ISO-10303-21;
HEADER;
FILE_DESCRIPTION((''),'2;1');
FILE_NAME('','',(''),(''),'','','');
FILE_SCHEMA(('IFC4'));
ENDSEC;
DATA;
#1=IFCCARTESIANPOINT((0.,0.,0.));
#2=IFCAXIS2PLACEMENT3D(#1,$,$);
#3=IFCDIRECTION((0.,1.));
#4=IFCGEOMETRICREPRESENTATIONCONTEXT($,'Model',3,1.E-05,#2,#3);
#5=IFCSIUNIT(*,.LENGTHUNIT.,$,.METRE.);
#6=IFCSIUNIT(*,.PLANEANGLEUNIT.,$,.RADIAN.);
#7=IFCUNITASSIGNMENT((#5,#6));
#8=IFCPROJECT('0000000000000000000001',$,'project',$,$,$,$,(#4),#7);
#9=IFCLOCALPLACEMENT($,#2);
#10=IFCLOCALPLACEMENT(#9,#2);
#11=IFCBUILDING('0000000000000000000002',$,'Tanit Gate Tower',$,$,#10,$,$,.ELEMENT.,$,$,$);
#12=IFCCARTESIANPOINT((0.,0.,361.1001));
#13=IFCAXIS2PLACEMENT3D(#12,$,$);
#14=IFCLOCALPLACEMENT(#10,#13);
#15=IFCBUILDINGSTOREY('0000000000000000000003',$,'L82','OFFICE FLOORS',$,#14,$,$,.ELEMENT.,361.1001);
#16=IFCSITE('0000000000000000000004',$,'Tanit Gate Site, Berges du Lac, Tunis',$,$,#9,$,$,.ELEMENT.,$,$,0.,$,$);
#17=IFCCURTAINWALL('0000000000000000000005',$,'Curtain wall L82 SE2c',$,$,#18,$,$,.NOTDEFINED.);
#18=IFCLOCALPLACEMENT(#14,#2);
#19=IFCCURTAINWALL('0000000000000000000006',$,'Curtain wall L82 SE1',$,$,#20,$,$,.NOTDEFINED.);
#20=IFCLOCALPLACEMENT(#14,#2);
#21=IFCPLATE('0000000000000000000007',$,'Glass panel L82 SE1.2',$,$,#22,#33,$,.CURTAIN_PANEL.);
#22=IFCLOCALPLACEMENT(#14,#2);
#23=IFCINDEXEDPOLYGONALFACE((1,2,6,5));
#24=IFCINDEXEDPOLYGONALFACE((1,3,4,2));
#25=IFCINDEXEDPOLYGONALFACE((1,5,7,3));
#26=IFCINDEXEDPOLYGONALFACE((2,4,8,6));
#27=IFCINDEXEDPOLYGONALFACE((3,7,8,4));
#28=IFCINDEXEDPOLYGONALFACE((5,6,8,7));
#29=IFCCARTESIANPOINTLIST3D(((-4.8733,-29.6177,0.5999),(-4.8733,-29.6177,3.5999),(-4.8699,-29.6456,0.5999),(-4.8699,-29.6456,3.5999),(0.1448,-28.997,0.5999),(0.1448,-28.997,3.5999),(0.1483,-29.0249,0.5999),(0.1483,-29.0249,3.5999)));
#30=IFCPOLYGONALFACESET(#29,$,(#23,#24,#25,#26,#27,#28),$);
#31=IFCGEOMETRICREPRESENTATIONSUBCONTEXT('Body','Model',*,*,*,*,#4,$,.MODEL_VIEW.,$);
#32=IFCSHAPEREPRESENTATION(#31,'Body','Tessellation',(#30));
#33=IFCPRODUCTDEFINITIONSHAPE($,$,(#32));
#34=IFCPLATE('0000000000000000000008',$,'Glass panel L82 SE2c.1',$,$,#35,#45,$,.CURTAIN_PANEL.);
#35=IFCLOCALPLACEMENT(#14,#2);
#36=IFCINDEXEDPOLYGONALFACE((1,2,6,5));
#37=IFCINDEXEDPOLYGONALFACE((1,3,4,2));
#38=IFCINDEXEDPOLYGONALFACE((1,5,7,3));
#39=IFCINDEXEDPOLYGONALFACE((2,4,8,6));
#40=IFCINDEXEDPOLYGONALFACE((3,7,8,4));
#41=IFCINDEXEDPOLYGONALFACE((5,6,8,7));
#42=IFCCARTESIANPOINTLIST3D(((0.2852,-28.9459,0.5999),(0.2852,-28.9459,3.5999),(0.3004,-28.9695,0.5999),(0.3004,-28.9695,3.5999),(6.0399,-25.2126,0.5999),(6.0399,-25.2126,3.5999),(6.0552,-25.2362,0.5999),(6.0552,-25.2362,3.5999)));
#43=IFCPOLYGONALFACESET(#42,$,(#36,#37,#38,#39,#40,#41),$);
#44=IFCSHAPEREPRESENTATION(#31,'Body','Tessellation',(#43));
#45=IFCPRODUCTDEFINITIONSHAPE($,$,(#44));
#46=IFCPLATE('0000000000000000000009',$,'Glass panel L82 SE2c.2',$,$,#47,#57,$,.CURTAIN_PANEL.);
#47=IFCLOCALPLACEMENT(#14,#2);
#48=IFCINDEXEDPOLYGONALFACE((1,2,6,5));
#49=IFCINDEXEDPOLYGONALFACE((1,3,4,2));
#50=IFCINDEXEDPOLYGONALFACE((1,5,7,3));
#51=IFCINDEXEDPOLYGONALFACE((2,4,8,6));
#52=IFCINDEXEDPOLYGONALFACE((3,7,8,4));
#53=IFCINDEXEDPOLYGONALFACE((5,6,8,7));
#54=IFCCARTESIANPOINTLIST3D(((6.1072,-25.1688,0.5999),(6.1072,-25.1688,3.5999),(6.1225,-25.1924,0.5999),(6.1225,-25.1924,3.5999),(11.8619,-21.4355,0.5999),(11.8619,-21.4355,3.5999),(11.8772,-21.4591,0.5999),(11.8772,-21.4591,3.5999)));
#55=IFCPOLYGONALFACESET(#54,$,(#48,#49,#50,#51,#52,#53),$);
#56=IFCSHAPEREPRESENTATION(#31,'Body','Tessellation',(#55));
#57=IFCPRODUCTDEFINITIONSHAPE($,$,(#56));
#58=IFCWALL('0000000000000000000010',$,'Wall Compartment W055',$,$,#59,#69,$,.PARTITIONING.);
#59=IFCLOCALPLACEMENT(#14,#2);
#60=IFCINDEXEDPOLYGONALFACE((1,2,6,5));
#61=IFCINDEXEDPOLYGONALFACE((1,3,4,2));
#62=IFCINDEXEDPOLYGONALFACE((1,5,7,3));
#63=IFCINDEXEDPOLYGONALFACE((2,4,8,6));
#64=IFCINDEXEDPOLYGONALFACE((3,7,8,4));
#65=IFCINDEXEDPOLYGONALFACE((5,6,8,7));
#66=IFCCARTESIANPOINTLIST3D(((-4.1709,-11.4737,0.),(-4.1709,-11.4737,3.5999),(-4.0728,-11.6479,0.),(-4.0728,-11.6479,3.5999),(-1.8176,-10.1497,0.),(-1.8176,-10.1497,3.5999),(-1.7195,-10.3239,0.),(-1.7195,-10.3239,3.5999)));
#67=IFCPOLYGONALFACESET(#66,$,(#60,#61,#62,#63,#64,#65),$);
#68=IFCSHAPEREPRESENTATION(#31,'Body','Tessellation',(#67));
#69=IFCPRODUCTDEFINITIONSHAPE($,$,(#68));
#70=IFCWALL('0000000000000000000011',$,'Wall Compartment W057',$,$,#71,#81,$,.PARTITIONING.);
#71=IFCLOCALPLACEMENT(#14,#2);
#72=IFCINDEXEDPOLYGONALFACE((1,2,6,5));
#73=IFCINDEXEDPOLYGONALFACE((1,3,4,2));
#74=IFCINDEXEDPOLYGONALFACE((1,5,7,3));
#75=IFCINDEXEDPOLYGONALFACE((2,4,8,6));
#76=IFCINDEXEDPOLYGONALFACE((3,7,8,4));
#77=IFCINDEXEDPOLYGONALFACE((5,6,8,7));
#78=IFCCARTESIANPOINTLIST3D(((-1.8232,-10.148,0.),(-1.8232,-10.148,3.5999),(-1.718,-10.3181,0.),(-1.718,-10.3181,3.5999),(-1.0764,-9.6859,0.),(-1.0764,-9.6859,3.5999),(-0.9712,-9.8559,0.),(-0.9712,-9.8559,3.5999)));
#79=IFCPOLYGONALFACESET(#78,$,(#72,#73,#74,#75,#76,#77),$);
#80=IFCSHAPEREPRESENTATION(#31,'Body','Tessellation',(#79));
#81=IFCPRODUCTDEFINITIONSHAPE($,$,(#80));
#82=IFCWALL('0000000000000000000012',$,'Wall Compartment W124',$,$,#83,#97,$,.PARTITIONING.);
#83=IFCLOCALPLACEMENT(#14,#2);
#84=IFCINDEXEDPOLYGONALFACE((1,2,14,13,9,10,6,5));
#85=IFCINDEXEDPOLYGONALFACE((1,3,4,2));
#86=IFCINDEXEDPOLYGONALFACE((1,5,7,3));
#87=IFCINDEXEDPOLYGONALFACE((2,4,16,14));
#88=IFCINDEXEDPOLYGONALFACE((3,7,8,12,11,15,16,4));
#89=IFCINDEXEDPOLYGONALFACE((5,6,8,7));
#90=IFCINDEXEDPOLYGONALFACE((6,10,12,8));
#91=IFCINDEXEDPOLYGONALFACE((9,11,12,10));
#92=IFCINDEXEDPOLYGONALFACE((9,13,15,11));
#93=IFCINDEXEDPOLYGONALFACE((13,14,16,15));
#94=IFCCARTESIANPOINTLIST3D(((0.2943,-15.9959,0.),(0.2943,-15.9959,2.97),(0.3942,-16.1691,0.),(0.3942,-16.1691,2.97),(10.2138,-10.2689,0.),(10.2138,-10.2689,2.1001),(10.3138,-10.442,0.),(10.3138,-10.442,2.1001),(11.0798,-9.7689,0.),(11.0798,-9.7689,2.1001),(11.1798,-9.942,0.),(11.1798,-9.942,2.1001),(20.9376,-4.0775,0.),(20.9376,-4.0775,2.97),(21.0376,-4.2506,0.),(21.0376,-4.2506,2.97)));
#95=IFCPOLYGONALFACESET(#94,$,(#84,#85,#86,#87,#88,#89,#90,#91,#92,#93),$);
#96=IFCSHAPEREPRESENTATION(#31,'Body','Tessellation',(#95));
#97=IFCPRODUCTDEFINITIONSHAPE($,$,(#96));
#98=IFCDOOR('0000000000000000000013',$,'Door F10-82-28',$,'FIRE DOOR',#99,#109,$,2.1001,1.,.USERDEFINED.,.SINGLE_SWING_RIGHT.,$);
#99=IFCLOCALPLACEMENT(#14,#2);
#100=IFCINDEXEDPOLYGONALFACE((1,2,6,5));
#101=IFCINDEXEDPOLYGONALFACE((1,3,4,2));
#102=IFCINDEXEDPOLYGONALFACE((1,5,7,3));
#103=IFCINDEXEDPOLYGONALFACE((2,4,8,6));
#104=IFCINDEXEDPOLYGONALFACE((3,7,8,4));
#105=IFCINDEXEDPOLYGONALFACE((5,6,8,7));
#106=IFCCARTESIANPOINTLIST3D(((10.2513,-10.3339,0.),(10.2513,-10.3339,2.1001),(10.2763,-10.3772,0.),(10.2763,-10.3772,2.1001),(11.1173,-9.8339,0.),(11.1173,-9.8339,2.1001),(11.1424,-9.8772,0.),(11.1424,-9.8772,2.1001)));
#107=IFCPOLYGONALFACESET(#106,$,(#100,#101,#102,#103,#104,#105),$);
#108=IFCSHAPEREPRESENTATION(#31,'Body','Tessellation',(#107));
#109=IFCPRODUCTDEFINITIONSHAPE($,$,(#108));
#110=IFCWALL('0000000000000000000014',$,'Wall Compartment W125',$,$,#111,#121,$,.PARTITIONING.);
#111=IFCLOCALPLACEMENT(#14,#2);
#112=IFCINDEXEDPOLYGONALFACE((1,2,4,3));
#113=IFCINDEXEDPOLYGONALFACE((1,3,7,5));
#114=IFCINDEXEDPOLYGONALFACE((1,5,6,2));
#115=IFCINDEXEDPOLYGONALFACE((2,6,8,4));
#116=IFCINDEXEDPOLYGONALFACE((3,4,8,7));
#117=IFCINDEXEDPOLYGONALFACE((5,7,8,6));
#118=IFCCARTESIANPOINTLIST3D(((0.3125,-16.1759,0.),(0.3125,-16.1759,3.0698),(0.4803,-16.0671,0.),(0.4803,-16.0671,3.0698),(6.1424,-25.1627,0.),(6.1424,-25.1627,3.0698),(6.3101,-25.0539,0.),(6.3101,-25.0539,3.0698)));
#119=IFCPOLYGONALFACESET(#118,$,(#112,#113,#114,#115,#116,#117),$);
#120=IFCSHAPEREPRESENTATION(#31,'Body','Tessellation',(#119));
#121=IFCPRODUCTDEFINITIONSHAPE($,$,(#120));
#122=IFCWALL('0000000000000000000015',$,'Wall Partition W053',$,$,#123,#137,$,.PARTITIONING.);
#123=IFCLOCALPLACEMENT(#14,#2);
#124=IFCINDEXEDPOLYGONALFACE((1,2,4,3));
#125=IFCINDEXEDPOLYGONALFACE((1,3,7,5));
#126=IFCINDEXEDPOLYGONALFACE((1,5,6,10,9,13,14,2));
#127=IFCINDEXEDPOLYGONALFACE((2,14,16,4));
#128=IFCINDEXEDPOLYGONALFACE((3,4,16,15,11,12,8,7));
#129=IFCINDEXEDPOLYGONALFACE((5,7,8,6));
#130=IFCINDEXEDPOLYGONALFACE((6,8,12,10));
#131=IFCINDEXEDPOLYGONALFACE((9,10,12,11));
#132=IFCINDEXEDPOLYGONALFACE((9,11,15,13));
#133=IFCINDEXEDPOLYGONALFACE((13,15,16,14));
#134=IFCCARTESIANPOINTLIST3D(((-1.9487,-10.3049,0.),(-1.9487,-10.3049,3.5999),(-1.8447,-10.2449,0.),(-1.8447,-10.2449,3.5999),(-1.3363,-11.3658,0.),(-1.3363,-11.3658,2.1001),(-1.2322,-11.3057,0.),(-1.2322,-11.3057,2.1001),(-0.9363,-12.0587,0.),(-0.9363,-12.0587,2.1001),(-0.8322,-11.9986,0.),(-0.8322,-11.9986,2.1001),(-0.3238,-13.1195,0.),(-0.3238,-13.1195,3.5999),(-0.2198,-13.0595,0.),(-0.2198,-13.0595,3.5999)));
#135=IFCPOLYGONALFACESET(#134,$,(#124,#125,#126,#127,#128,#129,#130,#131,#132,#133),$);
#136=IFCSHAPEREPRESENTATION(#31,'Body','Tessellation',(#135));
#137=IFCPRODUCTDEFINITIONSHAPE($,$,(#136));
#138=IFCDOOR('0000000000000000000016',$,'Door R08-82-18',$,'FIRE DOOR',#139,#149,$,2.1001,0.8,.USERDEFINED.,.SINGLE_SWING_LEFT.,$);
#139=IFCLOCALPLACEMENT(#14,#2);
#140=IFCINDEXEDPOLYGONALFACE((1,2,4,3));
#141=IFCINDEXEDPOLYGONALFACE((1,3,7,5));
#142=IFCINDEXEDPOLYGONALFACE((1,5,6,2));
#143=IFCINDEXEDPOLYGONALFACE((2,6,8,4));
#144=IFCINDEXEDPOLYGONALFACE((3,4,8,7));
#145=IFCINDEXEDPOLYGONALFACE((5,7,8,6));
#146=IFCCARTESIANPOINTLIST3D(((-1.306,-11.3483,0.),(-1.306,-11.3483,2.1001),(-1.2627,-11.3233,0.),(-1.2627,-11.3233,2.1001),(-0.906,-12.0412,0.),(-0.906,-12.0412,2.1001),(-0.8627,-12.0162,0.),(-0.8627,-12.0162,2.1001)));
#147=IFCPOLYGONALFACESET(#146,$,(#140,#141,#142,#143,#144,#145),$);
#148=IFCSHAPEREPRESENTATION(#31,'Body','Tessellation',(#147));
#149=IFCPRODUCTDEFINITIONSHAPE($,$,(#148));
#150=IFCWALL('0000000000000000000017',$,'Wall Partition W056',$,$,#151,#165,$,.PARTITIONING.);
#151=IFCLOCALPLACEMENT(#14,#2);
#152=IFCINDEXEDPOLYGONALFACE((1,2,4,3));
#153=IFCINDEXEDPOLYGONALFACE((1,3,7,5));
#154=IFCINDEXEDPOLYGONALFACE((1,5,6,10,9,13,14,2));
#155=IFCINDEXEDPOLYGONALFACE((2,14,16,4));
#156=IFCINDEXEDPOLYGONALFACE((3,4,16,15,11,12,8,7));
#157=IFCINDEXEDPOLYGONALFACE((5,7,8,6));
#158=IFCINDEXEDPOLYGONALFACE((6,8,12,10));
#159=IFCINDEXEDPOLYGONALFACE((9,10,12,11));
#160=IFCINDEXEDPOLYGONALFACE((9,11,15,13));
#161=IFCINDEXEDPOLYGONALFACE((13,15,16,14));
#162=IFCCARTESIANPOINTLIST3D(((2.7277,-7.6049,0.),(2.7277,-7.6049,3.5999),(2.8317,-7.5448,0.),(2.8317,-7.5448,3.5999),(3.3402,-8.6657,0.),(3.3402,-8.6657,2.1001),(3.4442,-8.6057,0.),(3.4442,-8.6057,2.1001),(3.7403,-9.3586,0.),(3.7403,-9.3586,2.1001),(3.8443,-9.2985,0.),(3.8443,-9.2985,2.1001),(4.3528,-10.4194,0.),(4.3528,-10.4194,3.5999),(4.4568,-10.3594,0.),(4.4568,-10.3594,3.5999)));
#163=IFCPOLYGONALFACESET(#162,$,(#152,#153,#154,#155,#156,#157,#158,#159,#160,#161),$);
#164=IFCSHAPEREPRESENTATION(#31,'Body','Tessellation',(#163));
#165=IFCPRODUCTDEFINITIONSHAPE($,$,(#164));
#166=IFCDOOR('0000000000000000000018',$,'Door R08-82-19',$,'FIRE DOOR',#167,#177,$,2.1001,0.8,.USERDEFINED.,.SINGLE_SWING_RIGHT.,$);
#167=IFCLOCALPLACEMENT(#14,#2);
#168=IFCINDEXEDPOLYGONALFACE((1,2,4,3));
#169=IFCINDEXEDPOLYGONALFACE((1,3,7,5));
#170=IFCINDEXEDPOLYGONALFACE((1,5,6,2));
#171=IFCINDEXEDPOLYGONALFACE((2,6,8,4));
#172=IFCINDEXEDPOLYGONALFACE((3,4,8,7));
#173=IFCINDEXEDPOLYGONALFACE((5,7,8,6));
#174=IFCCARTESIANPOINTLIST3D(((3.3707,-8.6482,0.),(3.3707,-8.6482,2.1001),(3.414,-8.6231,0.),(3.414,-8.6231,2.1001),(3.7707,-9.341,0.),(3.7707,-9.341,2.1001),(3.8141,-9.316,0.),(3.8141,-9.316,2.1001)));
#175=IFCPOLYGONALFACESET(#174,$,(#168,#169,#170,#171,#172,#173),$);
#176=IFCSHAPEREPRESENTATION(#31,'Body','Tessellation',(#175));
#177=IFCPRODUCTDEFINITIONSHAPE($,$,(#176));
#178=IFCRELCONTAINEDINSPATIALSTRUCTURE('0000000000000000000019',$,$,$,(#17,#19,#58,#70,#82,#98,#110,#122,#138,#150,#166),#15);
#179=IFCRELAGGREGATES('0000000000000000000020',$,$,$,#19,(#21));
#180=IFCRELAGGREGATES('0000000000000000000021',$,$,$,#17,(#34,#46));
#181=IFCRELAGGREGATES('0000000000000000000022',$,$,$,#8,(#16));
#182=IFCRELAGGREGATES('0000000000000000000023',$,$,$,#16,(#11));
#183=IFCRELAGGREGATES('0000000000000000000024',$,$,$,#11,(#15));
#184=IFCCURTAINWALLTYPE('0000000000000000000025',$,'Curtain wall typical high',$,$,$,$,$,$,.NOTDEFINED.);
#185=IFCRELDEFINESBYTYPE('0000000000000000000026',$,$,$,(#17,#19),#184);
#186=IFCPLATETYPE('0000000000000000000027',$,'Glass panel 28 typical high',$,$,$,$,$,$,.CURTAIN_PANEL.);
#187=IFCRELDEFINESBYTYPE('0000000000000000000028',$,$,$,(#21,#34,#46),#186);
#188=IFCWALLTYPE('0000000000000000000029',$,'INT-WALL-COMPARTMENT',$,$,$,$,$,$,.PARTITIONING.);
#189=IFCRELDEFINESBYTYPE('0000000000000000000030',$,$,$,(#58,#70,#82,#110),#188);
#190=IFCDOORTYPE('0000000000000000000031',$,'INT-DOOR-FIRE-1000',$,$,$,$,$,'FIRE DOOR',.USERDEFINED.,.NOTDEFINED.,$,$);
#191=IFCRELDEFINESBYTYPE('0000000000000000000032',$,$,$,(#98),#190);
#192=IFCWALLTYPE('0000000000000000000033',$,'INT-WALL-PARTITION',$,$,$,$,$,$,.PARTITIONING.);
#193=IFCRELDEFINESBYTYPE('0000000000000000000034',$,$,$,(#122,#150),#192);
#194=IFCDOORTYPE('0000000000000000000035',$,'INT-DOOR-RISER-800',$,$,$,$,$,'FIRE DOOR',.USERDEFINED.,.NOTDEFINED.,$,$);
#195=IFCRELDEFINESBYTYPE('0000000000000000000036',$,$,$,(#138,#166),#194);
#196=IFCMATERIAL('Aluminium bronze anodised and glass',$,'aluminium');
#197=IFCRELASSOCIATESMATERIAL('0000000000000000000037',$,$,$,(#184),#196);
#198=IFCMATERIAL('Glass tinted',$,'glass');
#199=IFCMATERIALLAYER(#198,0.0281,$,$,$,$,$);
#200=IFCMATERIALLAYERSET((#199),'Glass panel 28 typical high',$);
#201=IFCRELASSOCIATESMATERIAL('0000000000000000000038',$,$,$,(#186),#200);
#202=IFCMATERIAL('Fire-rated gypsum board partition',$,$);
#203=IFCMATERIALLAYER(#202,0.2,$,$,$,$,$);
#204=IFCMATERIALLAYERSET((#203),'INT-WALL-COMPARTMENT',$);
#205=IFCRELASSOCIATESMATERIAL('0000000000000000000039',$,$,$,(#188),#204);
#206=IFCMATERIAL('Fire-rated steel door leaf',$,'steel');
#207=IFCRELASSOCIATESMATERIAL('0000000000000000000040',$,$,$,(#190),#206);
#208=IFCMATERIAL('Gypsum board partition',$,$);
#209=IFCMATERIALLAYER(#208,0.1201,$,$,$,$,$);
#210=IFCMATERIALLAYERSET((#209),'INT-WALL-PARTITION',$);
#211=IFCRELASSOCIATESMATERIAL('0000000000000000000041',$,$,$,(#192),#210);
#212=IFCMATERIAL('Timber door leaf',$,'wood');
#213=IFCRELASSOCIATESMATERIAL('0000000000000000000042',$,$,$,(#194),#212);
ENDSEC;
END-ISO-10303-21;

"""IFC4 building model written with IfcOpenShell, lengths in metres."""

from ifc_helpers import new_model, si_unit, direction, frame, frame_2d, origin, origin_2d, place, context, subcontext, project, spatial, rectangle, extrude, material, layer, layer_set, type_object, element, fill, aggregate, save


model = new_model("IFC4")

# Units and contexts
model_context = context("Model", 3, precision=1e-05, world=origin(), true_north=direction((0.0, 1.0)))
body_context = subcontext(model_context, "Body", "Model", "MODEL_VIEW")
ifc_project = project(units=[si_unit("LENGTHUNIT", "METRE"), si_unit("PLANEANGLEUNIT", "RADIAN")], contexts=[model_context])

# Site, building, storey
site_placement = place(None, origin())
site = spatial("IfcSite", under=ifc_project, at=site_placement, Name="Tanit Gate Site, Berges du Lac, Tunis", CompositionType="ELEMENT", RefElevation=0.0)
building_placement = place(site_placement, origin())
building = spatial("IfcBuilding", under=site, at=building_placement, Name="Tanit Gate Tower", CompositionType="ELEMENT")
storey_placement = place(building_placement, frame((0.0, 0.0, 361.1001)))
storey = spatial("IfcBuildingStorey", under=building, at=storey_placement, Name="L82", Description="OFFICE FLOORS", CompositionType="ELEMENT", Elevation=361.1001)

# Curtain wall
ifc_material_1 = material(Name="Aluminium bronze anodised and glass", Category="aluminium")
curtain_wall_type = type_object("IfcCurtainWallType", Name="Curtain wall typical high", PredefinedType="NOTDEFINED", material=ifc_material_1)
curtain_wall_1_placement = place(storey_placement, origin())
curtain_wall_1 = element("IfcCurtainWall", 1, at=curtain_wall_1_placement, inside=storey, type_object=curtain_wall_type, Name="Curtain wall L82 SE2c", PredefinedType="NOTDEFINED")

# Curtain wall
curtain_wall_2_placement = place(storey_placement, origin())
curtain_wall_2 = element("IfcCurtainWall", 2, at=curtain_wall_2_placement, inside=storey, type_object=curtain_wall_type, Name="Curtain wall L82 SE1", PredefinedType="NOTDEFINED")

# Plates
ifc_material_2 = material(Name="Glass tinted", Category="glass")
ifc_layer_1 = layer(ifc_material_2, 0.0281)
ifc_layer_set_1 = layer_set([ifc_layer_1], Name="Glass panel 28 typical high")
plate_type = type_object("IfcPlateType", Name="Glass panel 28 typical high", PredefinedType="CURTAIN_PANEL", material=ifc_layer_set_1)
plate_1_placement = place(storey_placement, frame((-2.3625, -29.3213, 0.5999), z_axis=(0.0, 0.0, 1.0), x_axis=(0.992436, 0.122759, 0.0)))
plate_1 = element("IfcPlate", 3, at=plate_1_placement, type_object=plate_type, Name="Glass panel L82 SE1.2", PredefinedType="CURTAIN_PANEL", context=body_context, shape_type="SweptSolid", body=[
    extrude(rectangle(XDim=5.0564, YDim=0.0281, at=origin_2d()), origin(), (0.0, 0.0, 1.0), 3.0),
])
aggregate(curtain_wall_2, [plate_1])
plate_2_placement = place(storey_placement, frame((3.1702, -27.0911, 0.5999), z_axis=(0.0, 0.0, 1.0), x_axis=(0.838927, 0.544243, 0.0)))
plate_2 = element("IfcPlate", 4, at=plate_2_placement, type_object=plate_type, Name="Glass panel L82 SE2c.1", PredefinedType="CURTAIN_PANEL", context=body_context, shape_type="SweptSolid", body=[
    extrude(rectangle(XDim=6.8596, YDim=0.0281, at=origin_2d()), origin(), (0.0, 0.0, 1.0), 3.0),
])
plate_3_placement = place(storey_placement, frame((8.9922, -23.314, 0.5999), z_axis=(0.0, 0.0, 1.0), x_axis=(0.838927, 0.544243, 0.0)))
plate_3 = element("IfcPlate", 5, at=plate_3_placement, type_object=plate_type, Name="Glass panel L82 SE2c.2", PredefinedType="CURTAIN_PANEL", context=body_context, shape_type="SweptSolid", body=[
    extrude(rectangle(XDim=6.8596, YDim=0.0281, at=origin_2d()), origin(), (0.0, 0.0, 1.0), 3.0),
])
aggregate(curtain_wall_1, [plate_2, plate_3])

# Walls
ifc_material_3 = material(Name="Fire-rated gypsum board partition")
ifc_layer_2 = layer(ifc_material_3, 0.2)
ifc_layer_set_2 = layer_set([ifc_layer_2], Name="INT-WALL-COMPARTMENT")
wall_type_1 = type_object("IfcWallType", Name="INT-WALL-COMPARTMENT", PredefinedType="PARTITIONING", material=ifc_layer_set_2)
wall_1_placement = place(storey_placement, frame((-1.7686, -10.2368, 0.0), z_axis=(0.0, 0.0, 1.0), x_axis=(-0.871534, -0.490334, 0.0)))
element("IfcWall", 6, at=wall_1_placement, inside=storey, type_object=wall_type_1, Name="Wall Compartment W055", PredefinedType="PARTITIONING", context=body_context, shape_type="SweptSolid", body=[
    extrude(rectangle(XDim=2.7002, YDim=0.2, at=frame_2d((1.3501, 0.0))), origin(), (0.0, 0.0, 1.0), 3.5999),
])
wall_2_placement = place(storey_placement, frame((-1.0239, -9.771, 0.0), z_axis=(0.0, 0.0, 1.0), x_axis=(-0.850348, -0.526221, 0.0)))
element("IfcWall", 7, at=wall_2_placement, inside=storey, type_object=wall_type_1, Name="Wall Compartment W057", PredefinedType="PARTITIONING", context=body_context, shape_type="SweptSolid", body=[
    extrude(rectangle(XDim=0.8782, YDim=0.2, at=frame_2d((0.439, 0.0))), origin(), (0.0, 0.0, 1.0), 3.5999),
])

# Wall, opening, door
wall_3_placement = place(storey_placement, frame((0.3442, -16.0825, 0.0), z_axis=(0.0, 0.0, 1.0), x_axis=(0.866025, 0.500001, 0.0)))
wall_3 = element("IfcWall", 8, at=wall_3_placement, inside=storey, type_object=wall_type_1, Name="Wall Compartment W124", PredefinedType="PARTITIONING", context=body_context, shape_type="SweptSolid", body=[
    extrude(rectangle(XDim=23.8369, YDim=0.2, at=frame_2d((11.9185, 0.0))), origin(), (0.0, 0.0, 1.0), 2.97),
])
opening_1_placement = place(wall_3_placement, frame((11.4541, 0.0, 0.0)))
opening_1 = element("IfcOpeningElement", 9, at=opening_1_placement, cuts=wall_3, PredefinedType="OPENING", context=body_context, shape_type="SweptSolid", body=[
    extrude(rectangle(XDim=1.0, YDim=2.1001, at=frame_2d((0.5, 1.05))), frame((0.0, 0.1099, 0.0), z_axis=(0.0, -1.0, 0.0), x_axis=(1.0, 0.0, 0.0)), (0.0, 0.0, 1.0), 0.22),
])
ifc_material_4 = material(Name="Fire-rated steel door leaf", Category="steel")
door_type_1 = type_object("IfcDoorType", Name="INT-DOOR-FIRE-1000", ElementType="FIRE DOOR", OperationType="NOTDEFINED", PredefinedType="USERDEFINED", material=ifc_material_4)
door_1_placement = place(opening_1_placement, origin())
door_1 = element("IfcDoor", 10, at=door_1_placement, inside=storey, type_object=door_type_1, Name="Door F10-82-28", ObjectType="FIRE DOOR", OperationType="SINGLE_SWING_RIGHT", OverallHeight=2.1001, OverallWidth=1.0, PredefinedType="USERDEFINED", context=body_context, shape_type="SweptSolid", body=[
    extrude(rectangle(XDim=1.0, YDim=2.1001, at=frame_2d((0.5, 1.05))), frame((0.0, 0.0249, 0.0), z_axis=(0.0, -1.0, 0.0), x_axis=(1.0, 0.0, 0.0)), (0.0, 0.0, 1.0), 0.05),
])
fill(opening_1, door_1)

# Wall
wall_4_placement = place(storey_placement, frame((0.3965, -16.1216, 0.0), z_axis=(0.0, 0.0, 1.0), x_axis=(0.544227, -0.838938, 0.0)))
element("IfcWall", 11, at=wall_4_placement, inside=storey, type_object=wall_type_1, Name="Wall Compartment W125", PredefinedType="PARTITIONING", context=body_context, shape_type="SweptSolid", body=[
    extrude(rectangle(XDim=10.7122, YDim=0.2, at=frame_2d((5.356, 0.0))), origin(), (0.0, 0.0, 1.0), 3.0698),
])

# Walls, openings, doors
ifc_material_5 = material(Name="Gypsum board partition")
ifc_layer_3 = layer(ifc_material_5, 0.1201)
ifc_layer_set_3 = layer_set([ifc_layer_3], Name="INT-WALL-PARTITION")
wall_type_2 = type_object("IfcWallType", Name="INT-WALL-PARTITION", PredefinedType="PARTITIONING", material=ifc_layer_set_3)
wall_5_placement = place(storey_placement, frame((-1.8967, -10.2749, 0.0), z_axis=(0.0, 0.0, 1.0), x_axis=(0.499985, -0.866034, 0.0)))
wall_5 = element("IfcWall", 12, at=wall_5_placement, inside=storey, type_object=wall_type_2, Name="Wall Partition W053", PredefinedType="PARTITIONING", context=body_context, shape_type="SweptSolid", body=[
    extrude(rectangle(XDim=3.25, YDim=0.1201, at=frame_2d((1.625, 0.0))), origin(), (0.0, 0.0, 1.0), 3.5999),
])
opening_2_placement = place(wall_5_placement, frame((1.2251, 0.0, 0.0)))
opening_2 = element("IfcOpeningElement", 13, at=opening_2_placement, cuts=wall_5, PredefinedType="OPENING", context=body_context, shape_type="SweptSolid", body=[
    extrude(rectangle(XDim=0.8, YDim=2.1001, at=frame_2d((0.3999, 1.05))), frame((0.0, 0.0701, 0.0), z_axis=(0.0, -1.0, 0.0), x_axis=(1.0, 0.0, 0.0)), (0.0, 0.0, 1.0), 0.1401),
])
ifc_material_6 = material(Name="Timber door leaf", Category="wood")
door_type_2 = type_object("IfcDoorType", Name="INT-DOOR-RISER-800", ElementType="FIRE DOOR", OperationType="NOTDEFINED", PredefinedType="USERDEFINED", material=ifc_material_6)
door_2_placement = place(opening_2_placement, origin())
door_2 = element("IfcDoor", 14, at=door_2_placement, inside=storey, type_object=door_type_2, Name="Door R08-82-18", ObjectType="FIRE DOOR", OperationType="SINGLE_SWING_LEFT", OverallHeight=2.1001, OverallWidth=0.8, PredefinedType="USERDEFINED", context=body_context, shape_type="SweptSolid", body=[
    extrude(rectangle(XDim=0.8, YDim=2.1001, at=frame_2d((0.3999, 1.05))), frame((0.0, 0.0249, 0.0), z_axis=(0.0, -1.0, 0.0), x_axis=(1.0, 0.0, 0.0)), (0.0, 0.0, 1.0), 0.05),
])
fill(opening_2, door_2)
wall_6_placement = place(storey_placement, frame((4.4048, -10.3894, 0.0), z_axis=(0.0, 0.0, 1.0), x_axis=(-0.500017, 0.866015, 0.0)))
wall_6 = element("IfcWall", 15, at=wall_6_placement, inside=storey, type_object=wall_type_2, Name="Wall Partition W056", PredefinedType="PARTITIONING", context=body_context, shape_type="SweptSolid", body=[
    extrude(rectangle(XDim=3.25, YDim=0.1201, at=frame_2d((1.625, 0.0))), origin(), (0.0, 0.0, 1.0), 3.5999),
])
opening_3_placement = place(wall_6_placement, frame((1.2251, 0.0, 0.0)))
opening_3 = element("IfcOpeningElement", 16, at=opening_3_placement, cuts=wall_6, PredefinedType="OPENING", context=body_context, shape_type="SweptSolid", body=[
    extrude(rectangle(XDim=0.8, YDim=2.1001, at=frame_2d((0.3999, 1.05))), frame((0.0, 0.0701, 0.0), z_axis=(0.0, -1.0, 0.0), x_axis=(1.0, 0.0, 0.0)), (0.0, 0.0, 1.0), 0.1401),
])
door_3_placement = place(opening_3_placement, origin())
door_3 = element("IfcDoor", 17, at=door_3_placement, inside=storey, type_object=door_type_2, Name="Door R08-82-19", ObjectType="FIRE DOOR", OperationType="SINGLE_SWING_RIGHT", OverallHeight=2.1001, OverallWidth=0.8, PredefinedType="USERDEFINED", context=body_context, shape_type="SweptSolid", body=[
    extrude(rectangle(XDim=0.8, YDim=2.1001, at=frame_2d((0.3999, 1.05))), frame((0.0, 0.0249, 0.0), z_axis=(0.0, -1.0, 0.0), x_axis=(1.0, 0.0, 0.0)), (0.0, 0.0, 1.0), 0.05),
])
fill(opening_3, door_3)

save(model, "model.ifc")
